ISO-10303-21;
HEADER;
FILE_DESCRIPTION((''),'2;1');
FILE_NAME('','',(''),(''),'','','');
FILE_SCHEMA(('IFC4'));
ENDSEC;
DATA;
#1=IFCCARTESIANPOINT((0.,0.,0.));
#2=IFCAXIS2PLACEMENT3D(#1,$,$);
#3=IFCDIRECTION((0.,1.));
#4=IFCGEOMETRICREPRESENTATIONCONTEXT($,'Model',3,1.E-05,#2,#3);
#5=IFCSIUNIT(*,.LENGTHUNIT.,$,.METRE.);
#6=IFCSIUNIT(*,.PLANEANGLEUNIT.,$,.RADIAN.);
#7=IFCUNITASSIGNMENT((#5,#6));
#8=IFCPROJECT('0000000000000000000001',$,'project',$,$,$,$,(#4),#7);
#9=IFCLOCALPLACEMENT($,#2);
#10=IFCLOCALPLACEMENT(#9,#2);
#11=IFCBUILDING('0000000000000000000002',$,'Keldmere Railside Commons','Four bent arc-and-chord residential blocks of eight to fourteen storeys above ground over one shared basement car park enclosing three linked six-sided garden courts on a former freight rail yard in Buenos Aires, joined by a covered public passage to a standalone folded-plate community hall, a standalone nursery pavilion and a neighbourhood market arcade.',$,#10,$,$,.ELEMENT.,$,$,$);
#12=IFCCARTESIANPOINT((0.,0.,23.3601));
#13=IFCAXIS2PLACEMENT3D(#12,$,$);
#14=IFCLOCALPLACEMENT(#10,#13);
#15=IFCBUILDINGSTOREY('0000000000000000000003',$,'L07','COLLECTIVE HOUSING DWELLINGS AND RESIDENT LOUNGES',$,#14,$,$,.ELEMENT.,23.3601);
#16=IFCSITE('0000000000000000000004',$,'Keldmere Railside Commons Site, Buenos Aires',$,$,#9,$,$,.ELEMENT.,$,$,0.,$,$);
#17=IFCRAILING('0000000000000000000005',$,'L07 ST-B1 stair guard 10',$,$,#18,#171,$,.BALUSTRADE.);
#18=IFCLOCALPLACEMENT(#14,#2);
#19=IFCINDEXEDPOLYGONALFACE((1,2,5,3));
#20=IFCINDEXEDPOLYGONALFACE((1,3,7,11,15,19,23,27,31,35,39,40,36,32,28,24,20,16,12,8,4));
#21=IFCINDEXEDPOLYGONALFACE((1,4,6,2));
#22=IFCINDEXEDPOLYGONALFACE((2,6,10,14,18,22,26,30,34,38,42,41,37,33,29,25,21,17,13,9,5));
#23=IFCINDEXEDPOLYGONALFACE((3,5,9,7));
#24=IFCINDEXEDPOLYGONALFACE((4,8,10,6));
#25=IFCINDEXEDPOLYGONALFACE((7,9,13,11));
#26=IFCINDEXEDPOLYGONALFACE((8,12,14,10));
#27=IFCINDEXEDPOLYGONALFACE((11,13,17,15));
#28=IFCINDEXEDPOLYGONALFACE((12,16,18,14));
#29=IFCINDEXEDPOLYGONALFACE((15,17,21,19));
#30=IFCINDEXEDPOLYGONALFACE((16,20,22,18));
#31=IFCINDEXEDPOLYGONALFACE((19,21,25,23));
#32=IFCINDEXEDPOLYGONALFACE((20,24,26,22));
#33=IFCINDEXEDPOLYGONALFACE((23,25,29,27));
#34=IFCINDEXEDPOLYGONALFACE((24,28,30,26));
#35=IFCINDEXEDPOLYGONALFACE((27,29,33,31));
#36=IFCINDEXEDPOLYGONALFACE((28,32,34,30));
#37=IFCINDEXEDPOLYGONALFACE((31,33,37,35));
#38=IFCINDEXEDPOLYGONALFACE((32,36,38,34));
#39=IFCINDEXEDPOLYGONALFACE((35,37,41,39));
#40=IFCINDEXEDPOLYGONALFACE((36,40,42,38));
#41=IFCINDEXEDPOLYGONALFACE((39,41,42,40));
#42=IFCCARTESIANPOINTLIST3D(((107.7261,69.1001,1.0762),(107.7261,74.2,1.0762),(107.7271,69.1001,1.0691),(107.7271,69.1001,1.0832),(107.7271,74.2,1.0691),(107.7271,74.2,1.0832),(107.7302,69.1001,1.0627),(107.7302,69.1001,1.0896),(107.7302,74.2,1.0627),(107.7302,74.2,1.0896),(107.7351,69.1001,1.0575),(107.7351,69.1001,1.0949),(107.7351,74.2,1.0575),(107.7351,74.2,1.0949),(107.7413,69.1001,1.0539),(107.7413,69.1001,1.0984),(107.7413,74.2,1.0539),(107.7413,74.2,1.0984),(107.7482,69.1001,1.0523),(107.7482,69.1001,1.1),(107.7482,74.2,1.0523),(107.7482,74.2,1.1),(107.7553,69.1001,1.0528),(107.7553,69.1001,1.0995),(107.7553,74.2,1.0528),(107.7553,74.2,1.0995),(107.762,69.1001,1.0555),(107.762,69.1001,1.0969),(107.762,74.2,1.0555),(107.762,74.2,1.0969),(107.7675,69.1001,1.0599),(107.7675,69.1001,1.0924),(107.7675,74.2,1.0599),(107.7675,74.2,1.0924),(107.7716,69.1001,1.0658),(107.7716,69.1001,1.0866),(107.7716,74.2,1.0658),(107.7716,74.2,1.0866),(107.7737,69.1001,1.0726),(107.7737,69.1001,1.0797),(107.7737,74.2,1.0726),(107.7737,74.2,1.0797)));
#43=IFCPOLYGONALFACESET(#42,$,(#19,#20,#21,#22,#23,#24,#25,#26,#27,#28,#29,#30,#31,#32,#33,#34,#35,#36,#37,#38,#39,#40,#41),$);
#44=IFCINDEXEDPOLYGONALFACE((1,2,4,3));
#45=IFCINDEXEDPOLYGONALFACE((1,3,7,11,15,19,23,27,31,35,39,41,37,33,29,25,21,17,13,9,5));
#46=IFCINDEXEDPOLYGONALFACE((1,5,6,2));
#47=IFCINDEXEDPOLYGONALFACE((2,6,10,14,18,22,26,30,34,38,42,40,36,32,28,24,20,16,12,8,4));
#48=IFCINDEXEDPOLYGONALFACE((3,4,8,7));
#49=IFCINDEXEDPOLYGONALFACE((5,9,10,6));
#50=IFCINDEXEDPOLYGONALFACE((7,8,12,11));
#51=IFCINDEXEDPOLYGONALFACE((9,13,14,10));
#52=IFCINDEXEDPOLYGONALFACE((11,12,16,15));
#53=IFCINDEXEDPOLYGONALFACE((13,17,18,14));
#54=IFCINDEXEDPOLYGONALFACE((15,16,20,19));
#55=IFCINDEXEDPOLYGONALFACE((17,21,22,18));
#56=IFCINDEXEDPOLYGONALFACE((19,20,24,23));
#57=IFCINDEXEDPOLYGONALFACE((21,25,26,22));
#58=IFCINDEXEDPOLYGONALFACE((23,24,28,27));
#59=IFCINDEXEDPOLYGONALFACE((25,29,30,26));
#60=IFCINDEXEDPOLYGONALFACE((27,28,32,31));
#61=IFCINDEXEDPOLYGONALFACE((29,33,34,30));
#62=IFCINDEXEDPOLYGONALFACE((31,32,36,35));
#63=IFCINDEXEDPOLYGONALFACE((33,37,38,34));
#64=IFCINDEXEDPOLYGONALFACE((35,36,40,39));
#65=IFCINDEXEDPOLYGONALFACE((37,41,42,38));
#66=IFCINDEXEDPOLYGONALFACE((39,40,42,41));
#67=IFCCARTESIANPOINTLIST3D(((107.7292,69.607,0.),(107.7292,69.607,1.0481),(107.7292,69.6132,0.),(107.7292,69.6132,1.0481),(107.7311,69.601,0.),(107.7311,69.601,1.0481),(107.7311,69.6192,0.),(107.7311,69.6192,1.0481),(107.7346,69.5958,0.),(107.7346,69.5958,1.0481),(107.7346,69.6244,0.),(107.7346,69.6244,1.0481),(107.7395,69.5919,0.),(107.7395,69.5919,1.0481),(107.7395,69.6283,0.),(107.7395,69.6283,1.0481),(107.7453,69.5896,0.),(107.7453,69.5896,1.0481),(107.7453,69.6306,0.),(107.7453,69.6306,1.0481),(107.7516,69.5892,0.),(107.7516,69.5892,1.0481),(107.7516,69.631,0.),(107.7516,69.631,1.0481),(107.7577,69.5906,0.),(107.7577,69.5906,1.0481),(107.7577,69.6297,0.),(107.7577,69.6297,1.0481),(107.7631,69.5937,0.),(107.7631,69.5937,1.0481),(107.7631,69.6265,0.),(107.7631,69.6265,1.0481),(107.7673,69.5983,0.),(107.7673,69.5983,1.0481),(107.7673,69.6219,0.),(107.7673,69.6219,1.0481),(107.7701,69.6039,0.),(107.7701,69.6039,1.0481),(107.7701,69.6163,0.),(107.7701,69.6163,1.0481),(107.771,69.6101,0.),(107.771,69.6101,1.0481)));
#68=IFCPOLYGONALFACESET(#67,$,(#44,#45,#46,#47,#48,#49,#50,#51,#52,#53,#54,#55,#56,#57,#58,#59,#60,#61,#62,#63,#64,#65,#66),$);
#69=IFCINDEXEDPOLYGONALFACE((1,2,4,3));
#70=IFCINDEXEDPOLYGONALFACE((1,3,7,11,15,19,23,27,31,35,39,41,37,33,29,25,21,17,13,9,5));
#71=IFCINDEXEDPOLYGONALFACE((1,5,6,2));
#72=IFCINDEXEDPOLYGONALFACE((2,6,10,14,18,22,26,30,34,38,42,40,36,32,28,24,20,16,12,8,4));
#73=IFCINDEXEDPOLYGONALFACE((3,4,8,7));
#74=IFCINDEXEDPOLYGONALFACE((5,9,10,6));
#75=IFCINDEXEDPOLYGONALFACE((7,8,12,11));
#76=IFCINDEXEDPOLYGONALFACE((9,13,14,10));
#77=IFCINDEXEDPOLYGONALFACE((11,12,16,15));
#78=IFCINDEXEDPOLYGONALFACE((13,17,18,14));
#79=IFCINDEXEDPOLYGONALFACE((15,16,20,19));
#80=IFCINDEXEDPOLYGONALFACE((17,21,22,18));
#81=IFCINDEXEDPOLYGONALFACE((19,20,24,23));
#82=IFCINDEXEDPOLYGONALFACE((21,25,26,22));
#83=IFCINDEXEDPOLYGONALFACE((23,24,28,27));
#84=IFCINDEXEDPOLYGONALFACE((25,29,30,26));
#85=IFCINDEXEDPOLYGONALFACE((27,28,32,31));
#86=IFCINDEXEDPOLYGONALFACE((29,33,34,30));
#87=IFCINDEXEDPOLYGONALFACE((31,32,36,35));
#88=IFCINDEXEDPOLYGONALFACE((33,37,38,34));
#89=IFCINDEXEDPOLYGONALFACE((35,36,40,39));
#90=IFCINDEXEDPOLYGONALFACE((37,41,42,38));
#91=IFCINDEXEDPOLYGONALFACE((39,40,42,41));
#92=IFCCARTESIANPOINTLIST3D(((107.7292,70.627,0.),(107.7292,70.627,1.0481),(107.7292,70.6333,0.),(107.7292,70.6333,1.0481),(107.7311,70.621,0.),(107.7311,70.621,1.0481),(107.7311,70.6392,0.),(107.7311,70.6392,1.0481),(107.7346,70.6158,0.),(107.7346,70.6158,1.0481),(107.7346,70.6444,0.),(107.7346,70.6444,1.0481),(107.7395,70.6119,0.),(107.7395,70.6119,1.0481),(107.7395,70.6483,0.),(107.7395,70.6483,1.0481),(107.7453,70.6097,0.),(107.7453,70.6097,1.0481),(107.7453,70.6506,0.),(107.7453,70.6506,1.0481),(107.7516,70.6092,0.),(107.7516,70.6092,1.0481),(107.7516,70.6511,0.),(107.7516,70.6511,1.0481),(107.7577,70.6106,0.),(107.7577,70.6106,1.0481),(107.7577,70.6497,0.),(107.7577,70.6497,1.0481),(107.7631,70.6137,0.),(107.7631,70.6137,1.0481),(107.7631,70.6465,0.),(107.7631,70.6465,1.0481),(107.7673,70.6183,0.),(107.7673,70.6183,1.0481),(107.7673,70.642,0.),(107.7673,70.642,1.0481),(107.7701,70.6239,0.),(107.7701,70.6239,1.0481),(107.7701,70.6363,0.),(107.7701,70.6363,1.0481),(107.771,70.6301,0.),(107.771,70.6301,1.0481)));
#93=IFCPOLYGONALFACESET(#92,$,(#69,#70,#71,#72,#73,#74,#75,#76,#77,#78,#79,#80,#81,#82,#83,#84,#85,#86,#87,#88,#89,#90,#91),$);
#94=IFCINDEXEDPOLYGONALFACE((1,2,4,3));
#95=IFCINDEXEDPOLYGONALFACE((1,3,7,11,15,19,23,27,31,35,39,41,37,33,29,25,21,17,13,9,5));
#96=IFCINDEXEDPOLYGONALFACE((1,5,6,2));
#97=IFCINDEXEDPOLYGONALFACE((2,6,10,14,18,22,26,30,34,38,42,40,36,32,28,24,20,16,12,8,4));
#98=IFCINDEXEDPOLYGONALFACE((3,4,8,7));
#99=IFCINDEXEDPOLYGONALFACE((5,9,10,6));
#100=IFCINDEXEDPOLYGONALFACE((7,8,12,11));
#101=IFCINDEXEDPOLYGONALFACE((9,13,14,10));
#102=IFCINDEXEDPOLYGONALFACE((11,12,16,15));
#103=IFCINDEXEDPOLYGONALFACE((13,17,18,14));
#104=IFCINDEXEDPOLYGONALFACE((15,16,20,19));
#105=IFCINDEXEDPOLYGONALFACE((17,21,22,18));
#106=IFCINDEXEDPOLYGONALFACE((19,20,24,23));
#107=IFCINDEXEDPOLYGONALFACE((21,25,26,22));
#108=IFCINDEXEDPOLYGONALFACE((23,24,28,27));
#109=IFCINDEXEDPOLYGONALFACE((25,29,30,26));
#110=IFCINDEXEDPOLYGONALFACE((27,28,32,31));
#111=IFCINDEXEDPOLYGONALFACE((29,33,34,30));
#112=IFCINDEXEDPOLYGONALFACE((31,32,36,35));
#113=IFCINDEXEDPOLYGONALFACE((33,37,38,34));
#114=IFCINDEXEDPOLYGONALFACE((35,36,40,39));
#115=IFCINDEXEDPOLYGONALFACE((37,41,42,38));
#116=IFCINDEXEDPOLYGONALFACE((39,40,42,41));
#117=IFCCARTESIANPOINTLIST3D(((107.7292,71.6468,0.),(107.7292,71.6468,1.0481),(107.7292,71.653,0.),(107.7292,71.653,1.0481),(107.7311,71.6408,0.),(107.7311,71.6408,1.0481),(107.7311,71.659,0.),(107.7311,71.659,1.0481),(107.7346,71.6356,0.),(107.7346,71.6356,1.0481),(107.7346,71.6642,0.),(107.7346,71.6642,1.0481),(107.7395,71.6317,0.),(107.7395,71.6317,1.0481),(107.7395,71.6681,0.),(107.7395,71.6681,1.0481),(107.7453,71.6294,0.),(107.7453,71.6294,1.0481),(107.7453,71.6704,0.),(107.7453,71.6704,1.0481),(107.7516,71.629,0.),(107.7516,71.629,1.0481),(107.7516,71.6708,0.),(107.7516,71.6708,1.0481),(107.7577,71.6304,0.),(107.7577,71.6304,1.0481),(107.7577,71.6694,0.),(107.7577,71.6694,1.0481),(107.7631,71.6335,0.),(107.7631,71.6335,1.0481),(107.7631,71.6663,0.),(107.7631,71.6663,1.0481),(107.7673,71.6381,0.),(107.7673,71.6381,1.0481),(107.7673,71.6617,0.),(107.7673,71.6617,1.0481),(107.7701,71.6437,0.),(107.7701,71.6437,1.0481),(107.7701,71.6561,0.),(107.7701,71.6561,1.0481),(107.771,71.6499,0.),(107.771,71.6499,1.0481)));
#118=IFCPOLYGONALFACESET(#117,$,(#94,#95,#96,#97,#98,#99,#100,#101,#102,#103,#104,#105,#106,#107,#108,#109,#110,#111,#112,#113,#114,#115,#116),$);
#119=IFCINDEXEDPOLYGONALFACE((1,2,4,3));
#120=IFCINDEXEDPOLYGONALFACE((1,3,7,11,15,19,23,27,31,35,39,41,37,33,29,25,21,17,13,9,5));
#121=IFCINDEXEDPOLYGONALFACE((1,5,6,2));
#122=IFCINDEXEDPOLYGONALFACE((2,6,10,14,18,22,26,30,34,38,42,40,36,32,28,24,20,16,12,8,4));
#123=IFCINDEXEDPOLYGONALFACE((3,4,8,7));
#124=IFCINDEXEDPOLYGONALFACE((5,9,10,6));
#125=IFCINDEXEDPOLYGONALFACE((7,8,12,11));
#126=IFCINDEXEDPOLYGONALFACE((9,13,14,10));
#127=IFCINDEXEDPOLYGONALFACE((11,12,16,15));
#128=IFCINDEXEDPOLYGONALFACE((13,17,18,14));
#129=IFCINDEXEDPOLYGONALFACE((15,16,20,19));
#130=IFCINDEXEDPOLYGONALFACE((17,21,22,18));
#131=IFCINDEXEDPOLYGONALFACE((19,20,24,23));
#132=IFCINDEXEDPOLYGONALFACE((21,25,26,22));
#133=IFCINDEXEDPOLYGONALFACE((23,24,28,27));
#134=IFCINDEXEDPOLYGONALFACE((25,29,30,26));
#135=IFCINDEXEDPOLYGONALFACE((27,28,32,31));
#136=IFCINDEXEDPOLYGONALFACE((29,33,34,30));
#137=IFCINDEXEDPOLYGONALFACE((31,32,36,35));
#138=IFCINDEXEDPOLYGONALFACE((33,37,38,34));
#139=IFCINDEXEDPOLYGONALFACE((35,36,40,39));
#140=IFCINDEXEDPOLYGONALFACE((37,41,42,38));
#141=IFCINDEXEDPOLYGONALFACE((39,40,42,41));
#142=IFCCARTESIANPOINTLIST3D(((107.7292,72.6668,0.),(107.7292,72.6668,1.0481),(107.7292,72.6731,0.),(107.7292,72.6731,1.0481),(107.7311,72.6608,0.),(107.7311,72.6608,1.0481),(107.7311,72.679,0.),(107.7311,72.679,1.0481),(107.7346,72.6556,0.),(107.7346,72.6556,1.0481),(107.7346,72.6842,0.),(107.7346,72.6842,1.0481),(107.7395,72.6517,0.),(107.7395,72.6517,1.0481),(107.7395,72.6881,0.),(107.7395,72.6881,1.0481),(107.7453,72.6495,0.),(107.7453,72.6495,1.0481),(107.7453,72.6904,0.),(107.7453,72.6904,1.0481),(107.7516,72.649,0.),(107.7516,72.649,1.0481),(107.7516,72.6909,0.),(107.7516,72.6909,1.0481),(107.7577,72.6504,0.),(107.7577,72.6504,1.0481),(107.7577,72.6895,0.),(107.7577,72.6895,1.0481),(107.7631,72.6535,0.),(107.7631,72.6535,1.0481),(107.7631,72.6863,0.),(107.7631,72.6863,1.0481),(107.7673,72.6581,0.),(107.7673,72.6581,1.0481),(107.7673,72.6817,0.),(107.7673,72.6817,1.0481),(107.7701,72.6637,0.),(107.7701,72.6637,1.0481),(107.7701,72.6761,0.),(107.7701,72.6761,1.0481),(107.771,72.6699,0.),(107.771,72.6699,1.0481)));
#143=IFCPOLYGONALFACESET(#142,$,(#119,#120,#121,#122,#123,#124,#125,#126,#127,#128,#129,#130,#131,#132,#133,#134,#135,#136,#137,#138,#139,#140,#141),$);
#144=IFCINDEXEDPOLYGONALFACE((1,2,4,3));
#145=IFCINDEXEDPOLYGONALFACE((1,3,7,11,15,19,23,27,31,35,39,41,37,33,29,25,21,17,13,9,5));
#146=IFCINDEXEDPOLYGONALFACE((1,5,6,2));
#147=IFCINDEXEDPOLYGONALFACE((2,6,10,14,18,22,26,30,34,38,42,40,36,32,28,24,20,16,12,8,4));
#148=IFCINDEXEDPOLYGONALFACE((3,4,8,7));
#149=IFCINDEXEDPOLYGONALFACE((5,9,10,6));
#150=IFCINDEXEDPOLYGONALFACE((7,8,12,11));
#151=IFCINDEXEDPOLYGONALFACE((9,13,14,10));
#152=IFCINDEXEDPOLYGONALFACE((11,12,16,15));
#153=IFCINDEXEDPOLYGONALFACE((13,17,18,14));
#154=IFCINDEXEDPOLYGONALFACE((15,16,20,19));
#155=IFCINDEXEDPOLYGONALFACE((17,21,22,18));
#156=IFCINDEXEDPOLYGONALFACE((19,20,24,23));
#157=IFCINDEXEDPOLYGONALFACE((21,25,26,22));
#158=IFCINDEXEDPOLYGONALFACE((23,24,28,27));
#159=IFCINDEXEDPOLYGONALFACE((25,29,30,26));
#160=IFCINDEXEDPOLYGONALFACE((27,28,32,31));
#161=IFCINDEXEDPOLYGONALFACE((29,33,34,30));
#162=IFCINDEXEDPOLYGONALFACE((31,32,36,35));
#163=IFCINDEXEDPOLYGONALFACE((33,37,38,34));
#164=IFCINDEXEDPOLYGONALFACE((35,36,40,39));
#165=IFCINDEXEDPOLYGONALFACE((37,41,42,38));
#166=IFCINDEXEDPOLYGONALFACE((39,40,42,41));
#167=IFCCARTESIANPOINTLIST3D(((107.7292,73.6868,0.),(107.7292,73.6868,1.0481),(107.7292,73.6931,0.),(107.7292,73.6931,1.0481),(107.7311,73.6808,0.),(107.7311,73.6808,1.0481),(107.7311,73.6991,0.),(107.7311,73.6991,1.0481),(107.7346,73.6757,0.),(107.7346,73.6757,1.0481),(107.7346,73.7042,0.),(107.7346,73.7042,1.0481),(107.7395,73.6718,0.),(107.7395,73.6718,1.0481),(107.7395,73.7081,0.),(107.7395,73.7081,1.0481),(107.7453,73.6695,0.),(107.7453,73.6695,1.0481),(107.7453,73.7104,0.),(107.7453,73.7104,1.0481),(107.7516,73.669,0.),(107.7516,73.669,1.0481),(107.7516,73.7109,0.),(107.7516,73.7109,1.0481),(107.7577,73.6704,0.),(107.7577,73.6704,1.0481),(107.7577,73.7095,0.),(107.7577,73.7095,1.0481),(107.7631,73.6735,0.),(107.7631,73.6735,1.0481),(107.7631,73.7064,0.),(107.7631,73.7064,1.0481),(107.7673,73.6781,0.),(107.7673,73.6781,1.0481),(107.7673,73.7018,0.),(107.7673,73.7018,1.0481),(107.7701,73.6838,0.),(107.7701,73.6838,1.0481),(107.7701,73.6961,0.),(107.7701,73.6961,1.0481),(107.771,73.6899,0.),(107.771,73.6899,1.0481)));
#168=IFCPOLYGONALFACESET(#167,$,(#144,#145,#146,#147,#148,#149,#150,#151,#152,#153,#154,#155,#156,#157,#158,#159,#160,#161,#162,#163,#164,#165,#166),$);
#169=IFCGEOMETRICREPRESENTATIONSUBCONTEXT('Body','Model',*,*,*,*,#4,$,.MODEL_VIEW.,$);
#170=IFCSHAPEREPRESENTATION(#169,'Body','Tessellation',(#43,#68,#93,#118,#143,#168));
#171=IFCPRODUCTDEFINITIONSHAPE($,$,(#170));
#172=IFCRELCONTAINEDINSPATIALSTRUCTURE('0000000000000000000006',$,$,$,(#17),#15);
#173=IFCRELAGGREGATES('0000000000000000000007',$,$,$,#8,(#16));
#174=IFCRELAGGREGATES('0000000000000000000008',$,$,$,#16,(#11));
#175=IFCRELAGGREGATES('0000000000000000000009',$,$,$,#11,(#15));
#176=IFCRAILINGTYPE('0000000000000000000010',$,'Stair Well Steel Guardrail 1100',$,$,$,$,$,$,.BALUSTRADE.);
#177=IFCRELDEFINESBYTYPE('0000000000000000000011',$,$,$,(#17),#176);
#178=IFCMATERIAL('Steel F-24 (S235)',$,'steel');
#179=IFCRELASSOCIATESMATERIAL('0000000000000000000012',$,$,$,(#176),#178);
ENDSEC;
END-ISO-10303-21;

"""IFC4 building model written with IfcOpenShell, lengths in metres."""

from ifc_helpers import new_model, si_unit, direction, frame, origin, origin_2d, place, context, subcontext, project, spatial, circle, extrude, material, type_object, element, save


model = new_model("IFC4")

# Units and contexts
model_context = context("Model", 3, precision=1e-05, world=origin(), true_north=direction((0.0, 1.0)))
body_context = subcontext(model_context, "Body", "Model", "MODEL_VIEW")
ifc_project = project(units=[si_unit("LENGTHUNIT", "METRE"), si_unit("PLANEANGLEUNIT", "RADIAN")], contexts=[model_context])

# Site, building, storey
site_placement = place(None, origin())
site = spatial("IfcSite", under=ifc_project, at=site_placement, Name="Keldmere Railside Commons Site, Buenos Aires", CompositionType="ELEMENT", RefElevation=0.0)
building_placement = place(site_placement, origin())
building = spatial("IfcBuilding", under=site, at=building_placement, Name="Keldmere Railside Commons", Description="Four bent arc-and-chord residential blocks of eight to fourteen storeys above ground over one shared basement car park enclosing three linked six-sided garden courts on a former freight rail yard in Buenos Aires, joined by a covered public passage to a standalone folded-plate community hall, a standalone nursery pavilion and a neighbourhood market arcade.", CompositionType="ELEMENT")
storey_placement = place(building_placement, frame((0.0, 0.0, 23.3601)))
storey = spatial("IfcBuildingStorey", under=building, at=storey_placement, Name="L07", Description="COLLECTIVE HOUSING DWELLINGS AND RESIDENT LOUNGES", CompositionType="ELEMENT", Elevation=23.3601)

# Railing
ifc_material_1 = material(Name="Steel F-24 (S235)", Category="steel")
railing_type_1 = type_object("IfcRailingType", Name="Stair Well Steel Guardrail 1100", PredefinedType="BALUSTRADE", material=ifc_material_1)
railing_1_placement = place(storey_placement, frame((107.75, 69.1001, 0.0)))
element("IfcRailing", 1, at=railing_1_placement, inside=storey, type_object=railing_type_1, Name="L07 ST-B1 stair guard 10", PredefinedType="BALUSTRADE", context=body_context, shape_type="SweptSolid", body=[
    extrude(circle(Radius=0.0239, at=origin_2d()), frame((0.0, 0.0, 1.0762), z_axis=(0.0, 1.0, 0.0), x_axis=(-1.0, 0.0, 0.0)), (0.0, 0.0, 1.0), 5.0999),
    extrude(circle(Radius=0.021, at=origin_2d()), frame((0.0, 0.51, 0.0)), (0.0, 0.0, 1.0), 1.0481),
    extrude(circle(Radius=0.021, at=origin_2d()), frame((0.0, 1.53, 0.0)), (0.0, 0.0, 1.0), 1.0481),
    extrude(circle(Radius=0.021, at=origin_2d()), frame((0.0, 2.5498, 0.0)), (0.0, 0.0, 1.0), 1.0481),
    extrude(circle(Radius=0.021, at=origin_2d()), frame((0.0, 3.5698, 0.0)), (0.0, 0.0, 1.0), 1.0481),
    extrude(circle(Radius=0.021, at=origin_2d()), frame((0.0, 4.5898, 0.0)), (0.0, 0.0, 1.0), 1.0481),
])

save(model, "model.ifc")
